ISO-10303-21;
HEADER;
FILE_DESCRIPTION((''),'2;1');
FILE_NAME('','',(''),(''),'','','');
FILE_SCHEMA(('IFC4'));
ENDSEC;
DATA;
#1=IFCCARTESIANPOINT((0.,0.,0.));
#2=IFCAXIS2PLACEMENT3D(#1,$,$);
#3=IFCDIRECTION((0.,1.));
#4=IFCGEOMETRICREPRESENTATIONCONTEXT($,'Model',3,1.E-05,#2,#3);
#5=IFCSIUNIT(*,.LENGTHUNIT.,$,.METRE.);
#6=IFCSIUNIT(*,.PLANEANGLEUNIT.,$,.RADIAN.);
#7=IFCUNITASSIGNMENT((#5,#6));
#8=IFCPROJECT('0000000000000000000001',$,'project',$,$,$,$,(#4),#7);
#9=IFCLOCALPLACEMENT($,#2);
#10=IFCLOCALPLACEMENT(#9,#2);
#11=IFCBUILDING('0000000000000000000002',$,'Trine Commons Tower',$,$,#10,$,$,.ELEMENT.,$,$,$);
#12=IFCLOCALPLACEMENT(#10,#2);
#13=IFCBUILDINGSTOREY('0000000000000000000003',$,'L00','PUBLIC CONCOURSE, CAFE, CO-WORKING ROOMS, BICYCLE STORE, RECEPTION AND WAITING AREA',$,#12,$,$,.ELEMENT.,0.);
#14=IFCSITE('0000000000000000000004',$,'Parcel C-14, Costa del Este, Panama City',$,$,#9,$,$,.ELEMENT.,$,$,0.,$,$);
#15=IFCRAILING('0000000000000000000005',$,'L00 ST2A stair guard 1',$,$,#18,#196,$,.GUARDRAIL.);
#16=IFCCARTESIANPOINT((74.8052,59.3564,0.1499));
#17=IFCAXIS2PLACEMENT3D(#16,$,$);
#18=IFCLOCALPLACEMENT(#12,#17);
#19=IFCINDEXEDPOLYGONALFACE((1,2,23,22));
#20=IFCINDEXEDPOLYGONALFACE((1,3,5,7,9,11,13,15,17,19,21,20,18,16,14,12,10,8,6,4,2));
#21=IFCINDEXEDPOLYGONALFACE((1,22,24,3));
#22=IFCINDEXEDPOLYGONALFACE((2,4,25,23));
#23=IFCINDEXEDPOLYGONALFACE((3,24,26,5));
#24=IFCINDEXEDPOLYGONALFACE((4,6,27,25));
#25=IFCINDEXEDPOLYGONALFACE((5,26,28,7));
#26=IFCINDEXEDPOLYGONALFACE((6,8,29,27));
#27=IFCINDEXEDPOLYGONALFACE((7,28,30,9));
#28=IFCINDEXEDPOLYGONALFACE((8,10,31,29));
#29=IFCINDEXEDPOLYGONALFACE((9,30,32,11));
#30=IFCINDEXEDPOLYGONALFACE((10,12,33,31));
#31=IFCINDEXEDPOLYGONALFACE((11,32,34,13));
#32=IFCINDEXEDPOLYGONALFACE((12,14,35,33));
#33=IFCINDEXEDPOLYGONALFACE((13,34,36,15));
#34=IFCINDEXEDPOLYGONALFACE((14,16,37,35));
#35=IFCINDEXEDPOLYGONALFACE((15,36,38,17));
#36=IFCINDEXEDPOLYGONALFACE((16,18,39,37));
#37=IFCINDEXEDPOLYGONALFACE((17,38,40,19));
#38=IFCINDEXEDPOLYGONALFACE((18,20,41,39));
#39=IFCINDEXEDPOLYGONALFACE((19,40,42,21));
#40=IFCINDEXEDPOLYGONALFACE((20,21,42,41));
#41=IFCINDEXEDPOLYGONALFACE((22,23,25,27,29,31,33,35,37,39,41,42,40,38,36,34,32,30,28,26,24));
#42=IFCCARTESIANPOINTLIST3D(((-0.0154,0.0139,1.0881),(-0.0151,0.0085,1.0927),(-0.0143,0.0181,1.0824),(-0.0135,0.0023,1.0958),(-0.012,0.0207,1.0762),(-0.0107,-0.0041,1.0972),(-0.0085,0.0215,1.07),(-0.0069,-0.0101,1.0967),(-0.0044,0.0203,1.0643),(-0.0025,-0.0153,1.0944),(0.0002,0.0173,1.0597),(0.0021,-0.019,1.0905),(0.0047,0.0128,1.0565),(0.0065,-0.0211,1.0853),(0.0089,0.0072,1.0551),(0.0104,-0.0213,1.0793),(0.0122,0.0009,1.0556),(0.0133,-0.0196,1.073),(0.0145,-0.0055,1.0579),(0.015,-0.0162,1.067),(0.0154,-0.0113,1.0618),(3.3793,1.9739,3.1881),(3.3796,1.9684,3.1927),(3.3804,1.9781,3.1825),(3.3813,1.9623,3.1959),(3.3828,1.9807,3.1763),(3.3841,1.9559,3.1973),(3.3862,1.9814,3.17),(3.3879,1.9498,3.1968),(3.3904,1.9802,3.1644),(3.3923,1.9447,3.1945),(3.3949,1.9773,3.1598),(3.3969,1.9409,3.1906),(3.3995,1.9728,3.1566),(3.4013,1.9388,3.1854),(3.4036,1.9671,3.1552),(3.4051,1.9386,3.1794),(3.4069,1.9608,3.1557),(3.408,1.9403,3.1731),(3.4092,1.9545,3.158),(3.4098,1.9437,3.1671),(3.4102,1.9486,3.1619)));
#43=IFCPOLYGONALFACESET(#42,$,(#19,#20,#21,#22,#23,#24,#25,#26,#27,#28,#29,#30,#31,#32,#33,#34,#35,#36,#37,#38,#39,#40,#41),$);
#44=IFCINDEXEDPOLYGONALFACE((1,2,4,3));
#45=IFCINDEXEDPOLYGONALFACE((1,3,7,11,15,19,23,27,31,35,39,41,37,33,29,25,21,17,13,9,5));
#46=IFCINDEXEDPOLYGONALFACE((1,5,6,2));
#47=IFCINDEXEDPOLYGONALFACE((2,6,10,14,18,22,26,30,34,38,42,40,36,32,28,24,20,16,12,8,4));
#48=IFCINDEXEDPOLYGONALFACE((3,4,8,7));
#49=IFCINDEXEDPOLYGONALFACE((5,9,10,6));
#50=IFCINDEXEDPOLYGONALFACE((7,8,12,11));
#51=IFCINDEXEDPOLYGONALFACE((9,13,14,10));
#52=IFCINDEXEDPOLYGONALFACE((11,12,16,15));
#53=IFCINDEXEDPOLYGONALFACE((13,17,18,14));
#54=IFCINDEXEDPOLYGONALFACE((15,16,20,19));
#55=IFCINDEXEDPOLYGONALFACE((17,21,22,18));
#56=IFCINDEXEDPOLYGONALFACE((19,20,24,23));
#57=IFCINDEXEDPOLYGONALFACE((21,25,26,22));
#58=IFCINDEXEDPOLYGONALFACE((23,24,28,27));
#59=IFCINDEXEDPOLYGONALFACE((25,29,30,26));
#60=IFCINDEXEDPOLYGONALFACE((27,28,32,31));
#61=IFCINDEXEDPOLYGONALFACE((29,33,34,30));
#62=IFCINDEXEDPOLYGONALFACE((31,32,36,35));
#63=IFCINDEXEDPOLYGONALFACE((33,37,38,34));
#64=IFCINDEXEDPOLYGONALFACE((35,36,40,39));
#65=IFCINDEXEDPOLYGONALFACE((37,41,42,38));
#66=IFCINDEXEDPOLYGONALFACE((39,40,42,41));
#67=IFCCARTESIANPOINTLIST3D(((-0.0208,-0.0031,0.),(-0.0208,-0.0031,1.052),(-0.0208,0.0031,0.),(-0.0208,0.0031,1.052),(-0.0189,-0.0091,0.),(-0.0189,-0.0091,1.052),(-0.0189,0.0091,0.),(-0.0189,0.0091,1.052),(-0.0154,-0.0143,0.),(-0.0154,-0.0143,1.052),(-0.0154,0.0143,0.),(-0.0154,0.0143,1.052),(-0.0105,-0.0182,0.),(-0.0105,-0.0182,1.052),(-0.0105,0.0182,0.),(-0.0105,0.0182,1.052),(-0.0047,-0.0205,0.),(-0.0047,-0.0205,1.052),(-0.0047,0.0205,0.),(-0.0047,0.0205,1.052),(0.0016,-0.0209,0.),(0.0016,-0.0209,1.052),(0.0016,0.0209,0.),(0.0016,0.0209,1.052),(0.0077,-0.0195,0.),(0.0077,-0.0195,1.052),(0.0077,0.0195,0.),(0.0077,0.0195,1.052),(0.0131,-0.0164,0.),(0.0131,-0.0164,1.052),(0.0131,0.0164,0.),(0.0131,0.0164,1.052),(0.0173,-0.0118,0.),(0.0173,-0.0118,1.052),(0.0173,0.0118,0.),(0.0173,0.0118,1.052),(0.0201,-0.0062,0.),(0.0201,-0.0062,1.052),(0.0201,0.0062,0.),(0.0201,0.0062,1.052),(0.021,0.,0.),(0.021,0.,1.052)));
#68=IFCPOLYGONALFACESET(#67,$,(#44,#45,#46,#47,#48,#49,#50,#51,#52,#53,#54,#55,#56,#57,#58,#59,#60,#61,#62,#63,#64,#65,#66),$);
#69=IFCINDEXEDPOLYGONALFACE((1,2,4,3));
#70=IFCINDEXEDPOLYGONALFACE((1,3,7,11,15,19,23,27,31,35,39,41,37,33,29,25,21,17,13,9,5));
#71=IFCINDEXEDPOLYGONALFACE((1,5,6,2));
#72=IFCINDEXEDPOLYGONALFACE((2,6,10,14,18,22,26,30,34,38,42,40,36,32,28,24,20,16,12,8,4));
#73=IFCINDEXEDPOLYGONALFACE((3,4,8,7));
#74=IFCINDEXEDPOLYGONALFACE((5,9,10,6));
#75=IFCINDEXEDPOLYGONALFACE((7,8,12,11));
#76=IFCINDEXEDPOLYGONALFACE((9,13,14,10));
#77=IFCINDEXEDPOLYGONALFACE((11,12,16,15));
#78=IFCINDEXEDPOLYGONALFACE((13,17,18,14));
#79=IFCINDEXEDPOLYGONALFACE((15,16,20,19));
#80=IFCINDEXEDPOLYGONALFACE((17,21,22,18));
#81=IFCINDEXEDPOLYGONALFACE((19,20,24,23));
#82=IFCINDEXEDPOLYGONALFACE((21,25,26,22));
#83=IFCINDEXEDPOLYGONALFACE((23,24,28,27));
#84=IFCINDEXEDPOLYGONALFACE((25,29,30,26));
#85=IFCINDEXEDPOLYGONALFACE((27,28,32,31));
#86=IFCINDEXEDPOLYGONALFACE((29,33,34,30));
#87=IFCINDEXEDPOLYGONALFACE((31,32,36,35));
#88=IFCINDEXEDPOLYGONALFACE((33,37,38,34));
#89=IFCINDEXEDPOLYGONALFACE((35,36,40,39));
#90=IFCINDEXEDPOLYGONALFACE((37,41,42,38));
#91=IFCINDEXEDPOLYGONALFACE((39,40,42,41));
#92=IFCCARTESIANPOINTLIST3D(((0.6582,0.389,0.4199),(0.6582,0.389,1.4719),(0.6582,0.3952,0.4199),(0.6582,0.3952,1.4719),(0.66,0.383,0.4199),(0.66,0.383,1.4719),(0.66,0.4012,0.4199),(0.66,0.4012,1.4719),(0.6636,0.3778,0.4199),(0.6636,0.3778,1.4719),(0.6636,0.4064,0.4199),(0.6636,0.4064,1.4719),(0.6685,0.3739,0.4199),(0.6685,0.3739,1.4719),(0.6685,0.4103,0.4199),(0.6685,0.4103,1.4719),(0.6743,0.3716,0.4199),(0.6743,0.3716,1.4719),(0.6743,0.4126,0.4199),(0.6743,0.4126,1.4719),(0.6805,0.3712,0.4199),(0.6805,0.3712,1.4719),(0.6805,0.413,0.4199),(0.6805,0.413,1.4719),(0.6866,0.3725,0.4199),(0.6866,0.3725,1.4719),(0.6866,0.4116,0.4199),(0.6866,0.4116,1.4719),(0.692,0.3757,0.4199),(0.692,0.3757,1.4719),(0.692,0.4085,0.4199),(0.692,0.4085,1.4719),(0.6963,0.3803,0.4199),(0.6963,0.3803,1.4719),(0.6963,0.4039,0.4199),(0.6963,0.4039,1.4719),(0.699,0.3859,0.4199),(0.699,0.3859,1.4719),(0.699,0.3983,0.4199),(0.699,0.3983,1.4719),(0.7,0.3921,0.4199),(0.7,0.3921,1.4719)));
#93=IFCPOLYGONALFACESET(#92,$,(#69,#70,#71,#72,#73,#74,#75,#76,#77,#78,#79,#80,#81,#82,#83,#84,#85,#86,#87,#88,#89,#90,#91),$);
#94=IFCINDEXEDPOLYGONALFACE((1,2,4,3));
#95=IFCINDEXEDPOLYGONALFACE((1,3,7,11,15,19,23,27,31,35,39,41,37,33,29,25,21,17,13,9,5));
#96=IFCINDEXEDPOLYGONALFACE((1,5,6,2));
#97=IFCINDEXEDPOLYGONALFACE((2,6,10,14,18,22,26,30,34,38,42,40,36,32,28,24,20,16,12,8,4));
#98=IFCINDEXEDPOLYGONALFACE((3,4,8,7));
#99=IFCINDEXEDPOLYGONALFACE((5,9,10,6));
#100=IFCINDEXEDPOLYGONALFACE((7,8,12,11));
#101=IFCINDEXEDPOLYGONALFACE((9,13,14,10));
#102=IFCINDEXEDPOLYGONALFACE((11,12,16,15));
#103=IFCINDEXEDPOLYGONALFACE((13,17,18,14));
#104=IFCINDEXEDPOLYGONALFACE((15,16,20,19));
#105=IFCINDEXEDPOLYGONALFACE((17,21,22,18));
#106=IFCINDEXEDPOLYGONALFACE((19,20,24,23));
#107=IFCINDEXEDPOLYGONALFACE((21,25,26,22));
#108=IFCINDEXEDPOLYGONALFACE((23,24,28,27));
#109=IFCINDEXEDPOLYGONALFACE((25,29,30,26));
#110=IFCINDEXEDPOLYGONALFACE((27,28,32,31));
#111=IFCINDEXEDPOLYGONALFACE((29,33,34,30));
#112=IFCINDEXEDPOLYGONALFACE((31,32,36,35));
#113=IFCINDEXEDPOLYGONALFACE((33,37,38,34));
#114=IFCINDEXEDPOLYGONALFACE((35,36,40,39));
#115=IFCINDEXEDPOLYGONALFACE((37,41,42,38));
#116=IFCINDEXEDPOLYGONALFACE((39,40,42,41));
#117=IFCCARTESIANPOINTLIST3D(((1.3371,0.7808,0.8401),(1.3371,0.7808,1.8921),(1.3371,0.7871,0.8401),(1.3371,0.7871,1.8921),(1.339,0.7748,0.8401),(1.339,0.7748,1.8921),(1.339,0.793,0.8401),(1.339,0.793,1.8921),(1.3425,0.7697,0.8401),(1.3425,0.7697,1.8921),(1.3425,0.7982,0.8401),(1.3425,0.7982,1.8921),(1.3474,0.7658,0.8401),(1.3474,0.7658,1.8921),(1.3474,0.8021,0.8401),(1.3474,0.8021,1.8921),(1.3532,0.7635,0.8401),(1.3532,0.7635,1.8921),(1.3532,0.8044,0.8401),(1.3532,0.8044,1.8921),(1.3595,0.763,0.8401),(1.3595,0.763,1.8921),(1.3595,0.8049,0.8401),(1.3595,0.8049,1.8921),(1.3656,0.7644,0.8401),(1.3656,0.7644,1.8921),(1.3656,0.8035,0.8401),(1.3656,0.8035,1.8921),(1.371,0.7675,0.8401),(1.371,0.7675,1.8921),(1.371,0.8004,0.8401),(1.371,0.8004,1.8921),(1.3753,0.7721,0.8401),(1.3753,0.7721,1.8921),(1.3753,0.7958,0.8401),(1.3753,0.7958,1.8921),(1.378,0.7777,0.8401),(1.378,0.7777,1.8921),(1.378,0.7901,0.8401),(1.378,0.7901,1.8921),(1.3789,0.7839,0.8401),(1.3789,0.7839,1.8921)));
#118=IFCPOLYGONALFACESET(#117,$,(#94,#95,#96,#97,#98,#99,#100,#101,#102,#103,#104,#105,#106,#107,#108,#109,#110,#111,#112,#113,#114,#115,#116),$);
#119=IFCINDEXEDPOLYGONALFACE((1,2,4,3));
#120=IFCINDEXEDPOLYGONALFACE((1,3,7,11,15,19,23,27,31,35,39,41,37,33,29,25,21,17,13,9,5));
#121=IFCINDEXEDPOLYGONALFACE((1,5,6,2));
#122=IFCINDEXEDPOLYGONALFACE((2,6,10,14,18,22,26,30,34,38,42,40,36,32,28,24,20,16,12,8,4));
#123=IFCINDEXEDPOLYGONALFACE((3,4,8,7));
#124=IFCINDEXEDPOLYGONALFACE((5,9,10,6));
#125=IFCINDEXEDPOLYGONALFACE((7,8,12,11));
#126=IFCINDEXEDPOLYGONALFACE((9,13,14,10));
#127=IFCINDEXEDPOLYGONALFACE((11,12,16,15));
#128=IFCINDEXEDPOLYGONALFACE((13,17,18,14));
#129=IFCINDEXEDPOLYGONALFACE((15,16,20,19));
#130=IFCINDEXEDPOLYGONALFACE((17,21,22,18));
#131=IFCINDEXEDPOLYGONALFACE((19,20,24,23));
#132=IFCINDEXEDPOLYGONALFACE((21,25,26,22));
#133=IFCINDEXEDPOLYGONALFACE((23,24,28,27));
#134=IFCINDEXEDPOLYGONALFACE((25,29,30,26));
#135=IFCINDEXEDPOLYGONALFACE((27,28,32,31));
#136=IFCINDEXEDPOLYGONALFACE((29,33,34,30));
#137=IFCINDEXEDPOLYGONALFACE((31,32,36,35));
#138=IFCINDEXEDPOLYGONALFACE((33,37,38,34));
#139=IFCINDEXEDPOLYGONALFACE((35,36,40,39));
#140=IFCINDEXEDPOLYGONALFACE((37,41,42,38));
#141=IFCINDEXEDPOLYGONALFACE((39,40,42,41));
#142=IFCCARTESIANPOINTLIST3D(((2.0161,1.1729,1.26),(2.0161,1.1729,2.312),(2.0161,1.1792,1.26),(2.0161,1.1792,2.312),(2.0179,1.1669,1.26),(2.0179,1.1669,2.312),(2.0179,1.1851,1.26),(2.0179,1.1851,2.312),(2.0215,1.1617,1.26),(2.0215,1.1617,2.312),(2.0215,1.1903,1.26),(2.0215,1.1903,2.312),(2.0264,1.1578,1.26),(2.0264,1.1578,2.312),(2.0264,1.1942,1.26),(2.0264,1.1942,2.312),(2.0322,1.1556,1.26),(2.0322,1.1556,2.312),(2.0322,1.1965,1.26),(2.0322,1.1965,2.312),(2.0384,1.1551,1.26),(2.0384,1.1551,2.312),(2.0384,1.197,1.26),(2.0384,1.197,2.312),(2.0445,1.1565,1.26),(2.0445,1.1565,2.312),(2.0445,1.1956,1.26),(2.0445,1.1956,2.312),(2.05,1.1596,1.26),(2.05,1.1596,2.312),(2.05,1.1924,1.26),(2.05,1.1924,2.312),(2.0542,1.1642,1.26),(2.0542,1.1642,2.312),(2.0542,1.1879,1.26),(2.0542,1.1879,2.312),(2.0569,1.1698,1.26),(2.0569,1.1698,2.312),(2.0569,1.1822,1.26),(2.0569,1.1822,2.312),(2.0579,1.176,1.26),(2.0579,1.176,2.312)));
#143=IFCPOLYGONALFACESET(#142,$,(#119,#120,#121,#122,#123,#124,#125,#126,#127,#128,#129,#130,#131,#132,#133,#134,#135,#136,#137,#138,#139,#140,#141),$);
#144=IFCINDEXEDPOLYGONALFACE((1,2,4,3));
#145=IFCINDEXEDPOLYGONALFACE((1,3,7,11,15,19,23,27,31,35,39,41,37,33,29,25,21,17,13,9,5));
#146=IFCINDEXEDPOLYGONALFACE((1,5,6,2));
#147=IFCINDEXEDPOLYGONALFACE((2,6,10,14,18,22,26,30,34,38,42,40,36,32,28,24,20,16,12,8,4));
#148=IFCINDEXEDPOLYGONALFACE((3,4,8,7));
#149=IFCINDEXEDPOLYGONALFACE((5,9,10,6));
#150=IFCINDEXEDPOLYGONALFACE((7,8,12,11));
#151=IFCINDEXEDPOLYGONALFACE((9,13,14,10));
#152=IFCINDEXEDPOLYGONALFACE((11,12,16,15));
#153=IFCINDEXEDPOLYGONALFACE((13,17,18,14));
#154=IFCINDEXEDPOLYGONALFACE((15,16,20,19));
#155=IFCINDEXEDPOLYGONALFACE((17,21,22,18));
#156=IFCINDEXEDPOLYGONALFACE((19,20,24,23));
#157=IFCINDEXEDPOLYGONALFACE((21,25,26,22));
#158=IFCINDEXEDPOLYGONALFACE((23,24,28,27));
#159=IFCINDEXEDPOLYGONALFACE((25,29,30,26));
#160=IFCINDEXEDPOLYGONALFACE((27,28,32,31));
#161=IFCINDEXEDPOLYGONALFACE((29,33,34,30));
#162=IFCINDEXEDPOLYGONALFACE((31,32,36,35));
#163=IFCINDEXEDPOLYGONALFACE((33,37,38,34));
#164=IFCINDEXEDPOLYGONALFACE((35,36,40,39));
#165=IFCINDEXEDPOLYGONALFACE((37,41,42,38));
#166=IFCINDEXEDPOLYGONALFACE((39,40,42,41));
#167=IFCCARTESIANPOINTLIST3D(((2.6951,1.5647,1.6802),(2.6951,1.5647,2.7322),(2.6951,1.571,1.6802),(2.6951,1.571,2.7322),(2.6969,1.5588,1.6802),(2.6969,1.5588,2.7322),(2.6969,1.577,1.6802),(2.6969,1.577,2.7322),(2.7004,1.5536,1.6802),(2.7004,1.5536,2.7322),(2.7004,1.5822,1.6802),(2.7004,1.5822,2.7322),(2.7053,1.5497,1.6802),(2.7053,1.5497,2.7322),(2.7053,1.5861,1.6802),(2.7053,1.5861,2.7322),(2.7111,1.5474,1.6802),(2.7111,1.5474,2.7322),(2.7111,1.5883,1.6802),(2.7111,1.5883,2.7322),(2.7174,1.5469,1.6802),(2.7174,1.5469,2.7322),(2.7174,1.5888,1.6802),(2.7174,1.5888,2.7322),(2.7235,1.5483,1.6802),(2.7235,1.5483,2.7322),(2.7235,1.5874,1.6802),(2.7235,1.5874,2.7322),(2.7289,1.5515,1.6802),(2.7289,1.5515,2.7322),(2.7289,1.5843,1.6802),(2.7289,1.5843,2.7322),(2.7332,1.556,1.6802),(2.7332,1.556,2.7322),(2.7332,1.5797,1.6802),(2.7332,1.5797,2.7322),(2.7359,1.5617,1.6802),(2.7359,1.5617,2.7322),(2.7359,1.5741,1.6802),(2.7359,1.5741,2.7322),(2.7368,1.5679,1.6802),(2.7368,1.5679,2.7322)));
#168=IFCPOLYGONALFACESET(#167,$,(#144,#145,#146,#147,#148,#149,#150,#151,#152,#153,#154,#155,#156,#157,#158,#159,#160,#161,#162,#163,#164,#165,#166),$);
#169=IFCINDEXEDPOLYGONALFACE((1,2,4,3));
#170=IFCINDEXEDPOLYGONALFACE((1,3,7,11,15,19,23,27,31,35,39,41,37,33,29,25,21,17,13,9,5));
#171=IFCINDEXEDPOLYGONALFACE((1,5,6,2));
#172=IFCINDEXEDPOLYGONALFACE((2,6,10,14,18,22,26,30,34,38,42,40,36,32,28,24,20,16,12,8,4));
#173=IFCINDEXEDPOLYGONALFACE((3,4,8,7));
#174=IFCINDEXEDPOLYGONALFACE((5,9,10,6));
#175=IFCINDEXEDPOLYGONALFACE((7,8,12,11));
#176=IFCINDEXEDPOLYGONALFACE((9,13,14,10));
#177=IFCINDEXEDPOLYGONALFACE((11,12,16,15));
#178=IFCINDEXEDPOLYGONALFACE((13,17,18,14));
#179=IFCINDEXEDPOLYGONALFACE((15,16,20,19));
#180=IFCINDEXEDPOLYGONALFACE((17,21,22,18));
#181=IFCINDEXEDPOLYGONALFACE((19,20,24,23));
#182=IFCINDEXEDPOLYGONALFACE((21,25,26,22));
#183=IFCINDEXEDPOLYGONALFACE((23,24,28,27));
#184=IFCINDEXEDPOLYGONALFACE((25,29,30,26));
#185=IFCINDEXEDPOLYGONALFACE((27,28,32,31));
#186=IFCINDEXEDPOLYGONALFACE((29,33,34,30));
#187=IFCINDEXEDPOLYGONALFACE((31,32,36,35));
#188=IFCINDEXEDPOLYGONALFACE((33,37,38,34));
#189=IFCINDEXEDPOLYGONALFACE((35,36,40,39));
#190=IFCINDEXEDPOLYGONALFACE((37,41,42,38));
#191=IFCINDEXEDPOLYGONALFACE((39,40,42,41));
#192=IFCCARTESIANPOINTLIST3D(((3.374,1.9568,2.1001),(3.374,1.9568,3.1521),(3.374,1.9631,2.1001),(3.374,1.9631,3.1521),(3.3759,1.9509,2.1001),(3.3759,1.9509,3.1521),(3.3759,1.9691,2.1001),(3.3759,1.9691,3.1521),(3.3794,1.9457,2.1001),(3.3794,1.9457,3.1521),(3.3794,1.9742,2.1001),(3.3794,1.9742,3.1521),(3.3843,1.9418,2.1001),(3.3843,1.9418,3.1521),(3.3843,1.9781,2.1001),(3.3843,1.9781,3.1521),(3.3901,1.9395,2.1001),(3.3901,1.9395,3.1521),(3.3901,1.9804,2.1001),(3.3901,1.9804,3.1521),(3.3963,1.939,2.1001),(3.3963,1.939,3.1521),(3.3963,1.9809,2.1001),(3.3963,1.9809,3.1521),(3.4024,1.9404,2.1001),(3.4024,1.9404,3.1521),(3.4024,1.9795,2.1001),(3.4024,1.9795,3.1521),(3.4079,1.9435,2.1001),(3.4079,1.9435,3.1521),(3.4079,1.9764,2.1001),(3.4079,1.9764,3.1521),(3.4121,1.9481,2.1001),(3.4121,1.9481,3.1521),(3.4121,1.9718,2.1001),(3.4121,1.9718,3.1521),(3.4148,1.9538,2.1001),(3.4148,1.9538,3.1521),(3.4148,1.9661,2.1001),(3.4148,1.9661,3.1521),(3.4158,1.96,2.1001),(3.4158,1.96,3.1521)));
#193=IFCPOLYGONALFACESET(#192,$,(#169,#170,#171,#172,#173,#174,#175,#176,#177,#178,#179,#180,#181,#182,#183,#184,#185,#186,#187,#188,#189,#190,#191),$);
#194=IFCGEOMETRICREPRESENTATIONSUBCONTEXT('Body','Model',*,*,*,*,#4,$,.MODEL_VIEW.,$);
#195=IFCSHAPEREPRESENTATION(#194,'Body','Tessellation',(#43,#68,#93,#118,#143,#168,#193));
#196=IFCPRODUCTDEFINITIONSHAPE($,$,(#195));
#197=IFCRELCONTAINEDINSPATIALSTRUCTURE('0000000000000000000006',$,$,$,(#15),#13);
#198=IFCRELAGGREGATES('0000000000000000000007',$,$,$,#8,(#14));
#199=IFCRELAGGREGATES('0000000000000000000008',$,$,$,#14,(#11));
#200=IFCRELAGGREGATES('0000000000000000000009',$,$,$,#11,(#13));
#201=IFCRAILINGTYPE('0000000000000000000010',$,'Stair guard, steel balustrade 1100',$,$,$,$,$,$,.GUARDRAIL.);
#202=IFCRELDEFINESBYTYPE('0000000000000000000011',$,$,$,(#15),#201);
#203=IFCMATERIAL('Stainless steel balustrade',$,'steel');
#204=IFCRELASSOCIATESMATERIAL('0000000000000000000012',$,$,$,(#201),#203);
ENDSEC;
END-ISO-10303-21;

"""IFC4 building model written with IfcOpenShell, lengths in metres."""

from ifc_helpers import new_model, si_unit, direction, frame, origin, origin_2d, place, context, subcontext, project, spatial, circle, extrude, material, type_object, element, save


model = new_model("IFC4")

# Units and contexts
model_context = context("Model", 3, precision=1e-05, world=origin(), true_north=direction((0.0, 1.0)))
body_context = subcontext(model_context, "Body", "Model", "MODEL_VIEW")
ifc_project = project(units=[si_unit("LENGTHUNIT", "METRE"), si_unit("PLANEANGLEUNIT", "RADIAN")], contexts=[model_context])

# Site, building, storey
site_placement = place(None, origin())
site = spatial("IfcSite", under=ifc_project, at=site_placement, Name="Parcel C-14, Costa del Este, Panama City", CompositionType="ELEMENT", RefElevation=0.0)
building_placement = place(site_placement, origin())
building = spatial("IfcBuilding", under=site, at=building_placement, Name="Trine Commons Tower", CompositionType="ELEMENT")
storey_placement = place(building_placement, origin())
storey = spatial("IfcBuildingStorey", under=building, at=storey_placement, Name="L00", Description="PUBLIC CONCOURSE, CAFE, CO-WORKING ROOMS, BICYCLE STORE, RECEPTION AND WAITING AREA", CompositionType="ELEMENT", Elevation=0.0)

# Railing
ifc_material_1 = material(Name="Stainless steel balustrade", Category="steel")
railing_type = type_object("IfcRailingType", Name="Stair guard, steel balustrade 1100", PredefinedType="GUARDRAIL", material=ifc_material_1)
railing_1_placement = place(storey_placement, frame((74.8052, 59.3564, 0.1499)))
element("IfcRailing", 1, at=railing_1_placement, inside=storey, type_object=railing_type, Name="L00 ST2A stair guard 1", PredefinedType="GUARDRAIL", context=body_context, shape_type="SweptSolid", body=[
    extrude(circle(Radius=0.0239, at=origin_2d()), frame((0.0, 0.0, 1.0762), z_axis=(0.763375, 0.440732, 0.472244), x_axis=(-0.499997, 0.866027, 0.0)), (0.0, 0.0, 1.0), 4.447),
    extrude(circle(Radius=0.021, at=origin_2d()), origin(), (0.0, 0.0, 1.0), 1.052),
    extrude(circle(Radius=0.021, at=origin_2d()), frame((0.679, 0.3921, 0.4199)), (0.0, 0.0, 1.0), 1.052),
    extrude(circle(Radius=0.021, at=origin_2d()), frame((1.3579, 0.7839, 0.8401)), (0.0, 0.0, 1.0), 1.052),
    extrude(circle(Radius=0.021, at=origin_2d()), frame((2.0369, 1.176, 1.26)), (0.0, 0.0, 1.0), 1.052),
    extrude(circle(Radius=0.021, at=origin_2d()), frame((2.7158, 1.5679, 1.6802)), (0.0, 0.0, 1.0), 1.052),
    extrude(circle(Radius=0.021, at=origin_2d()), frame((3.3948, 1.96, 2.1001)), (0.0, 0.0, 1.0), 1.052),
])

save(model, "model.ifc")
